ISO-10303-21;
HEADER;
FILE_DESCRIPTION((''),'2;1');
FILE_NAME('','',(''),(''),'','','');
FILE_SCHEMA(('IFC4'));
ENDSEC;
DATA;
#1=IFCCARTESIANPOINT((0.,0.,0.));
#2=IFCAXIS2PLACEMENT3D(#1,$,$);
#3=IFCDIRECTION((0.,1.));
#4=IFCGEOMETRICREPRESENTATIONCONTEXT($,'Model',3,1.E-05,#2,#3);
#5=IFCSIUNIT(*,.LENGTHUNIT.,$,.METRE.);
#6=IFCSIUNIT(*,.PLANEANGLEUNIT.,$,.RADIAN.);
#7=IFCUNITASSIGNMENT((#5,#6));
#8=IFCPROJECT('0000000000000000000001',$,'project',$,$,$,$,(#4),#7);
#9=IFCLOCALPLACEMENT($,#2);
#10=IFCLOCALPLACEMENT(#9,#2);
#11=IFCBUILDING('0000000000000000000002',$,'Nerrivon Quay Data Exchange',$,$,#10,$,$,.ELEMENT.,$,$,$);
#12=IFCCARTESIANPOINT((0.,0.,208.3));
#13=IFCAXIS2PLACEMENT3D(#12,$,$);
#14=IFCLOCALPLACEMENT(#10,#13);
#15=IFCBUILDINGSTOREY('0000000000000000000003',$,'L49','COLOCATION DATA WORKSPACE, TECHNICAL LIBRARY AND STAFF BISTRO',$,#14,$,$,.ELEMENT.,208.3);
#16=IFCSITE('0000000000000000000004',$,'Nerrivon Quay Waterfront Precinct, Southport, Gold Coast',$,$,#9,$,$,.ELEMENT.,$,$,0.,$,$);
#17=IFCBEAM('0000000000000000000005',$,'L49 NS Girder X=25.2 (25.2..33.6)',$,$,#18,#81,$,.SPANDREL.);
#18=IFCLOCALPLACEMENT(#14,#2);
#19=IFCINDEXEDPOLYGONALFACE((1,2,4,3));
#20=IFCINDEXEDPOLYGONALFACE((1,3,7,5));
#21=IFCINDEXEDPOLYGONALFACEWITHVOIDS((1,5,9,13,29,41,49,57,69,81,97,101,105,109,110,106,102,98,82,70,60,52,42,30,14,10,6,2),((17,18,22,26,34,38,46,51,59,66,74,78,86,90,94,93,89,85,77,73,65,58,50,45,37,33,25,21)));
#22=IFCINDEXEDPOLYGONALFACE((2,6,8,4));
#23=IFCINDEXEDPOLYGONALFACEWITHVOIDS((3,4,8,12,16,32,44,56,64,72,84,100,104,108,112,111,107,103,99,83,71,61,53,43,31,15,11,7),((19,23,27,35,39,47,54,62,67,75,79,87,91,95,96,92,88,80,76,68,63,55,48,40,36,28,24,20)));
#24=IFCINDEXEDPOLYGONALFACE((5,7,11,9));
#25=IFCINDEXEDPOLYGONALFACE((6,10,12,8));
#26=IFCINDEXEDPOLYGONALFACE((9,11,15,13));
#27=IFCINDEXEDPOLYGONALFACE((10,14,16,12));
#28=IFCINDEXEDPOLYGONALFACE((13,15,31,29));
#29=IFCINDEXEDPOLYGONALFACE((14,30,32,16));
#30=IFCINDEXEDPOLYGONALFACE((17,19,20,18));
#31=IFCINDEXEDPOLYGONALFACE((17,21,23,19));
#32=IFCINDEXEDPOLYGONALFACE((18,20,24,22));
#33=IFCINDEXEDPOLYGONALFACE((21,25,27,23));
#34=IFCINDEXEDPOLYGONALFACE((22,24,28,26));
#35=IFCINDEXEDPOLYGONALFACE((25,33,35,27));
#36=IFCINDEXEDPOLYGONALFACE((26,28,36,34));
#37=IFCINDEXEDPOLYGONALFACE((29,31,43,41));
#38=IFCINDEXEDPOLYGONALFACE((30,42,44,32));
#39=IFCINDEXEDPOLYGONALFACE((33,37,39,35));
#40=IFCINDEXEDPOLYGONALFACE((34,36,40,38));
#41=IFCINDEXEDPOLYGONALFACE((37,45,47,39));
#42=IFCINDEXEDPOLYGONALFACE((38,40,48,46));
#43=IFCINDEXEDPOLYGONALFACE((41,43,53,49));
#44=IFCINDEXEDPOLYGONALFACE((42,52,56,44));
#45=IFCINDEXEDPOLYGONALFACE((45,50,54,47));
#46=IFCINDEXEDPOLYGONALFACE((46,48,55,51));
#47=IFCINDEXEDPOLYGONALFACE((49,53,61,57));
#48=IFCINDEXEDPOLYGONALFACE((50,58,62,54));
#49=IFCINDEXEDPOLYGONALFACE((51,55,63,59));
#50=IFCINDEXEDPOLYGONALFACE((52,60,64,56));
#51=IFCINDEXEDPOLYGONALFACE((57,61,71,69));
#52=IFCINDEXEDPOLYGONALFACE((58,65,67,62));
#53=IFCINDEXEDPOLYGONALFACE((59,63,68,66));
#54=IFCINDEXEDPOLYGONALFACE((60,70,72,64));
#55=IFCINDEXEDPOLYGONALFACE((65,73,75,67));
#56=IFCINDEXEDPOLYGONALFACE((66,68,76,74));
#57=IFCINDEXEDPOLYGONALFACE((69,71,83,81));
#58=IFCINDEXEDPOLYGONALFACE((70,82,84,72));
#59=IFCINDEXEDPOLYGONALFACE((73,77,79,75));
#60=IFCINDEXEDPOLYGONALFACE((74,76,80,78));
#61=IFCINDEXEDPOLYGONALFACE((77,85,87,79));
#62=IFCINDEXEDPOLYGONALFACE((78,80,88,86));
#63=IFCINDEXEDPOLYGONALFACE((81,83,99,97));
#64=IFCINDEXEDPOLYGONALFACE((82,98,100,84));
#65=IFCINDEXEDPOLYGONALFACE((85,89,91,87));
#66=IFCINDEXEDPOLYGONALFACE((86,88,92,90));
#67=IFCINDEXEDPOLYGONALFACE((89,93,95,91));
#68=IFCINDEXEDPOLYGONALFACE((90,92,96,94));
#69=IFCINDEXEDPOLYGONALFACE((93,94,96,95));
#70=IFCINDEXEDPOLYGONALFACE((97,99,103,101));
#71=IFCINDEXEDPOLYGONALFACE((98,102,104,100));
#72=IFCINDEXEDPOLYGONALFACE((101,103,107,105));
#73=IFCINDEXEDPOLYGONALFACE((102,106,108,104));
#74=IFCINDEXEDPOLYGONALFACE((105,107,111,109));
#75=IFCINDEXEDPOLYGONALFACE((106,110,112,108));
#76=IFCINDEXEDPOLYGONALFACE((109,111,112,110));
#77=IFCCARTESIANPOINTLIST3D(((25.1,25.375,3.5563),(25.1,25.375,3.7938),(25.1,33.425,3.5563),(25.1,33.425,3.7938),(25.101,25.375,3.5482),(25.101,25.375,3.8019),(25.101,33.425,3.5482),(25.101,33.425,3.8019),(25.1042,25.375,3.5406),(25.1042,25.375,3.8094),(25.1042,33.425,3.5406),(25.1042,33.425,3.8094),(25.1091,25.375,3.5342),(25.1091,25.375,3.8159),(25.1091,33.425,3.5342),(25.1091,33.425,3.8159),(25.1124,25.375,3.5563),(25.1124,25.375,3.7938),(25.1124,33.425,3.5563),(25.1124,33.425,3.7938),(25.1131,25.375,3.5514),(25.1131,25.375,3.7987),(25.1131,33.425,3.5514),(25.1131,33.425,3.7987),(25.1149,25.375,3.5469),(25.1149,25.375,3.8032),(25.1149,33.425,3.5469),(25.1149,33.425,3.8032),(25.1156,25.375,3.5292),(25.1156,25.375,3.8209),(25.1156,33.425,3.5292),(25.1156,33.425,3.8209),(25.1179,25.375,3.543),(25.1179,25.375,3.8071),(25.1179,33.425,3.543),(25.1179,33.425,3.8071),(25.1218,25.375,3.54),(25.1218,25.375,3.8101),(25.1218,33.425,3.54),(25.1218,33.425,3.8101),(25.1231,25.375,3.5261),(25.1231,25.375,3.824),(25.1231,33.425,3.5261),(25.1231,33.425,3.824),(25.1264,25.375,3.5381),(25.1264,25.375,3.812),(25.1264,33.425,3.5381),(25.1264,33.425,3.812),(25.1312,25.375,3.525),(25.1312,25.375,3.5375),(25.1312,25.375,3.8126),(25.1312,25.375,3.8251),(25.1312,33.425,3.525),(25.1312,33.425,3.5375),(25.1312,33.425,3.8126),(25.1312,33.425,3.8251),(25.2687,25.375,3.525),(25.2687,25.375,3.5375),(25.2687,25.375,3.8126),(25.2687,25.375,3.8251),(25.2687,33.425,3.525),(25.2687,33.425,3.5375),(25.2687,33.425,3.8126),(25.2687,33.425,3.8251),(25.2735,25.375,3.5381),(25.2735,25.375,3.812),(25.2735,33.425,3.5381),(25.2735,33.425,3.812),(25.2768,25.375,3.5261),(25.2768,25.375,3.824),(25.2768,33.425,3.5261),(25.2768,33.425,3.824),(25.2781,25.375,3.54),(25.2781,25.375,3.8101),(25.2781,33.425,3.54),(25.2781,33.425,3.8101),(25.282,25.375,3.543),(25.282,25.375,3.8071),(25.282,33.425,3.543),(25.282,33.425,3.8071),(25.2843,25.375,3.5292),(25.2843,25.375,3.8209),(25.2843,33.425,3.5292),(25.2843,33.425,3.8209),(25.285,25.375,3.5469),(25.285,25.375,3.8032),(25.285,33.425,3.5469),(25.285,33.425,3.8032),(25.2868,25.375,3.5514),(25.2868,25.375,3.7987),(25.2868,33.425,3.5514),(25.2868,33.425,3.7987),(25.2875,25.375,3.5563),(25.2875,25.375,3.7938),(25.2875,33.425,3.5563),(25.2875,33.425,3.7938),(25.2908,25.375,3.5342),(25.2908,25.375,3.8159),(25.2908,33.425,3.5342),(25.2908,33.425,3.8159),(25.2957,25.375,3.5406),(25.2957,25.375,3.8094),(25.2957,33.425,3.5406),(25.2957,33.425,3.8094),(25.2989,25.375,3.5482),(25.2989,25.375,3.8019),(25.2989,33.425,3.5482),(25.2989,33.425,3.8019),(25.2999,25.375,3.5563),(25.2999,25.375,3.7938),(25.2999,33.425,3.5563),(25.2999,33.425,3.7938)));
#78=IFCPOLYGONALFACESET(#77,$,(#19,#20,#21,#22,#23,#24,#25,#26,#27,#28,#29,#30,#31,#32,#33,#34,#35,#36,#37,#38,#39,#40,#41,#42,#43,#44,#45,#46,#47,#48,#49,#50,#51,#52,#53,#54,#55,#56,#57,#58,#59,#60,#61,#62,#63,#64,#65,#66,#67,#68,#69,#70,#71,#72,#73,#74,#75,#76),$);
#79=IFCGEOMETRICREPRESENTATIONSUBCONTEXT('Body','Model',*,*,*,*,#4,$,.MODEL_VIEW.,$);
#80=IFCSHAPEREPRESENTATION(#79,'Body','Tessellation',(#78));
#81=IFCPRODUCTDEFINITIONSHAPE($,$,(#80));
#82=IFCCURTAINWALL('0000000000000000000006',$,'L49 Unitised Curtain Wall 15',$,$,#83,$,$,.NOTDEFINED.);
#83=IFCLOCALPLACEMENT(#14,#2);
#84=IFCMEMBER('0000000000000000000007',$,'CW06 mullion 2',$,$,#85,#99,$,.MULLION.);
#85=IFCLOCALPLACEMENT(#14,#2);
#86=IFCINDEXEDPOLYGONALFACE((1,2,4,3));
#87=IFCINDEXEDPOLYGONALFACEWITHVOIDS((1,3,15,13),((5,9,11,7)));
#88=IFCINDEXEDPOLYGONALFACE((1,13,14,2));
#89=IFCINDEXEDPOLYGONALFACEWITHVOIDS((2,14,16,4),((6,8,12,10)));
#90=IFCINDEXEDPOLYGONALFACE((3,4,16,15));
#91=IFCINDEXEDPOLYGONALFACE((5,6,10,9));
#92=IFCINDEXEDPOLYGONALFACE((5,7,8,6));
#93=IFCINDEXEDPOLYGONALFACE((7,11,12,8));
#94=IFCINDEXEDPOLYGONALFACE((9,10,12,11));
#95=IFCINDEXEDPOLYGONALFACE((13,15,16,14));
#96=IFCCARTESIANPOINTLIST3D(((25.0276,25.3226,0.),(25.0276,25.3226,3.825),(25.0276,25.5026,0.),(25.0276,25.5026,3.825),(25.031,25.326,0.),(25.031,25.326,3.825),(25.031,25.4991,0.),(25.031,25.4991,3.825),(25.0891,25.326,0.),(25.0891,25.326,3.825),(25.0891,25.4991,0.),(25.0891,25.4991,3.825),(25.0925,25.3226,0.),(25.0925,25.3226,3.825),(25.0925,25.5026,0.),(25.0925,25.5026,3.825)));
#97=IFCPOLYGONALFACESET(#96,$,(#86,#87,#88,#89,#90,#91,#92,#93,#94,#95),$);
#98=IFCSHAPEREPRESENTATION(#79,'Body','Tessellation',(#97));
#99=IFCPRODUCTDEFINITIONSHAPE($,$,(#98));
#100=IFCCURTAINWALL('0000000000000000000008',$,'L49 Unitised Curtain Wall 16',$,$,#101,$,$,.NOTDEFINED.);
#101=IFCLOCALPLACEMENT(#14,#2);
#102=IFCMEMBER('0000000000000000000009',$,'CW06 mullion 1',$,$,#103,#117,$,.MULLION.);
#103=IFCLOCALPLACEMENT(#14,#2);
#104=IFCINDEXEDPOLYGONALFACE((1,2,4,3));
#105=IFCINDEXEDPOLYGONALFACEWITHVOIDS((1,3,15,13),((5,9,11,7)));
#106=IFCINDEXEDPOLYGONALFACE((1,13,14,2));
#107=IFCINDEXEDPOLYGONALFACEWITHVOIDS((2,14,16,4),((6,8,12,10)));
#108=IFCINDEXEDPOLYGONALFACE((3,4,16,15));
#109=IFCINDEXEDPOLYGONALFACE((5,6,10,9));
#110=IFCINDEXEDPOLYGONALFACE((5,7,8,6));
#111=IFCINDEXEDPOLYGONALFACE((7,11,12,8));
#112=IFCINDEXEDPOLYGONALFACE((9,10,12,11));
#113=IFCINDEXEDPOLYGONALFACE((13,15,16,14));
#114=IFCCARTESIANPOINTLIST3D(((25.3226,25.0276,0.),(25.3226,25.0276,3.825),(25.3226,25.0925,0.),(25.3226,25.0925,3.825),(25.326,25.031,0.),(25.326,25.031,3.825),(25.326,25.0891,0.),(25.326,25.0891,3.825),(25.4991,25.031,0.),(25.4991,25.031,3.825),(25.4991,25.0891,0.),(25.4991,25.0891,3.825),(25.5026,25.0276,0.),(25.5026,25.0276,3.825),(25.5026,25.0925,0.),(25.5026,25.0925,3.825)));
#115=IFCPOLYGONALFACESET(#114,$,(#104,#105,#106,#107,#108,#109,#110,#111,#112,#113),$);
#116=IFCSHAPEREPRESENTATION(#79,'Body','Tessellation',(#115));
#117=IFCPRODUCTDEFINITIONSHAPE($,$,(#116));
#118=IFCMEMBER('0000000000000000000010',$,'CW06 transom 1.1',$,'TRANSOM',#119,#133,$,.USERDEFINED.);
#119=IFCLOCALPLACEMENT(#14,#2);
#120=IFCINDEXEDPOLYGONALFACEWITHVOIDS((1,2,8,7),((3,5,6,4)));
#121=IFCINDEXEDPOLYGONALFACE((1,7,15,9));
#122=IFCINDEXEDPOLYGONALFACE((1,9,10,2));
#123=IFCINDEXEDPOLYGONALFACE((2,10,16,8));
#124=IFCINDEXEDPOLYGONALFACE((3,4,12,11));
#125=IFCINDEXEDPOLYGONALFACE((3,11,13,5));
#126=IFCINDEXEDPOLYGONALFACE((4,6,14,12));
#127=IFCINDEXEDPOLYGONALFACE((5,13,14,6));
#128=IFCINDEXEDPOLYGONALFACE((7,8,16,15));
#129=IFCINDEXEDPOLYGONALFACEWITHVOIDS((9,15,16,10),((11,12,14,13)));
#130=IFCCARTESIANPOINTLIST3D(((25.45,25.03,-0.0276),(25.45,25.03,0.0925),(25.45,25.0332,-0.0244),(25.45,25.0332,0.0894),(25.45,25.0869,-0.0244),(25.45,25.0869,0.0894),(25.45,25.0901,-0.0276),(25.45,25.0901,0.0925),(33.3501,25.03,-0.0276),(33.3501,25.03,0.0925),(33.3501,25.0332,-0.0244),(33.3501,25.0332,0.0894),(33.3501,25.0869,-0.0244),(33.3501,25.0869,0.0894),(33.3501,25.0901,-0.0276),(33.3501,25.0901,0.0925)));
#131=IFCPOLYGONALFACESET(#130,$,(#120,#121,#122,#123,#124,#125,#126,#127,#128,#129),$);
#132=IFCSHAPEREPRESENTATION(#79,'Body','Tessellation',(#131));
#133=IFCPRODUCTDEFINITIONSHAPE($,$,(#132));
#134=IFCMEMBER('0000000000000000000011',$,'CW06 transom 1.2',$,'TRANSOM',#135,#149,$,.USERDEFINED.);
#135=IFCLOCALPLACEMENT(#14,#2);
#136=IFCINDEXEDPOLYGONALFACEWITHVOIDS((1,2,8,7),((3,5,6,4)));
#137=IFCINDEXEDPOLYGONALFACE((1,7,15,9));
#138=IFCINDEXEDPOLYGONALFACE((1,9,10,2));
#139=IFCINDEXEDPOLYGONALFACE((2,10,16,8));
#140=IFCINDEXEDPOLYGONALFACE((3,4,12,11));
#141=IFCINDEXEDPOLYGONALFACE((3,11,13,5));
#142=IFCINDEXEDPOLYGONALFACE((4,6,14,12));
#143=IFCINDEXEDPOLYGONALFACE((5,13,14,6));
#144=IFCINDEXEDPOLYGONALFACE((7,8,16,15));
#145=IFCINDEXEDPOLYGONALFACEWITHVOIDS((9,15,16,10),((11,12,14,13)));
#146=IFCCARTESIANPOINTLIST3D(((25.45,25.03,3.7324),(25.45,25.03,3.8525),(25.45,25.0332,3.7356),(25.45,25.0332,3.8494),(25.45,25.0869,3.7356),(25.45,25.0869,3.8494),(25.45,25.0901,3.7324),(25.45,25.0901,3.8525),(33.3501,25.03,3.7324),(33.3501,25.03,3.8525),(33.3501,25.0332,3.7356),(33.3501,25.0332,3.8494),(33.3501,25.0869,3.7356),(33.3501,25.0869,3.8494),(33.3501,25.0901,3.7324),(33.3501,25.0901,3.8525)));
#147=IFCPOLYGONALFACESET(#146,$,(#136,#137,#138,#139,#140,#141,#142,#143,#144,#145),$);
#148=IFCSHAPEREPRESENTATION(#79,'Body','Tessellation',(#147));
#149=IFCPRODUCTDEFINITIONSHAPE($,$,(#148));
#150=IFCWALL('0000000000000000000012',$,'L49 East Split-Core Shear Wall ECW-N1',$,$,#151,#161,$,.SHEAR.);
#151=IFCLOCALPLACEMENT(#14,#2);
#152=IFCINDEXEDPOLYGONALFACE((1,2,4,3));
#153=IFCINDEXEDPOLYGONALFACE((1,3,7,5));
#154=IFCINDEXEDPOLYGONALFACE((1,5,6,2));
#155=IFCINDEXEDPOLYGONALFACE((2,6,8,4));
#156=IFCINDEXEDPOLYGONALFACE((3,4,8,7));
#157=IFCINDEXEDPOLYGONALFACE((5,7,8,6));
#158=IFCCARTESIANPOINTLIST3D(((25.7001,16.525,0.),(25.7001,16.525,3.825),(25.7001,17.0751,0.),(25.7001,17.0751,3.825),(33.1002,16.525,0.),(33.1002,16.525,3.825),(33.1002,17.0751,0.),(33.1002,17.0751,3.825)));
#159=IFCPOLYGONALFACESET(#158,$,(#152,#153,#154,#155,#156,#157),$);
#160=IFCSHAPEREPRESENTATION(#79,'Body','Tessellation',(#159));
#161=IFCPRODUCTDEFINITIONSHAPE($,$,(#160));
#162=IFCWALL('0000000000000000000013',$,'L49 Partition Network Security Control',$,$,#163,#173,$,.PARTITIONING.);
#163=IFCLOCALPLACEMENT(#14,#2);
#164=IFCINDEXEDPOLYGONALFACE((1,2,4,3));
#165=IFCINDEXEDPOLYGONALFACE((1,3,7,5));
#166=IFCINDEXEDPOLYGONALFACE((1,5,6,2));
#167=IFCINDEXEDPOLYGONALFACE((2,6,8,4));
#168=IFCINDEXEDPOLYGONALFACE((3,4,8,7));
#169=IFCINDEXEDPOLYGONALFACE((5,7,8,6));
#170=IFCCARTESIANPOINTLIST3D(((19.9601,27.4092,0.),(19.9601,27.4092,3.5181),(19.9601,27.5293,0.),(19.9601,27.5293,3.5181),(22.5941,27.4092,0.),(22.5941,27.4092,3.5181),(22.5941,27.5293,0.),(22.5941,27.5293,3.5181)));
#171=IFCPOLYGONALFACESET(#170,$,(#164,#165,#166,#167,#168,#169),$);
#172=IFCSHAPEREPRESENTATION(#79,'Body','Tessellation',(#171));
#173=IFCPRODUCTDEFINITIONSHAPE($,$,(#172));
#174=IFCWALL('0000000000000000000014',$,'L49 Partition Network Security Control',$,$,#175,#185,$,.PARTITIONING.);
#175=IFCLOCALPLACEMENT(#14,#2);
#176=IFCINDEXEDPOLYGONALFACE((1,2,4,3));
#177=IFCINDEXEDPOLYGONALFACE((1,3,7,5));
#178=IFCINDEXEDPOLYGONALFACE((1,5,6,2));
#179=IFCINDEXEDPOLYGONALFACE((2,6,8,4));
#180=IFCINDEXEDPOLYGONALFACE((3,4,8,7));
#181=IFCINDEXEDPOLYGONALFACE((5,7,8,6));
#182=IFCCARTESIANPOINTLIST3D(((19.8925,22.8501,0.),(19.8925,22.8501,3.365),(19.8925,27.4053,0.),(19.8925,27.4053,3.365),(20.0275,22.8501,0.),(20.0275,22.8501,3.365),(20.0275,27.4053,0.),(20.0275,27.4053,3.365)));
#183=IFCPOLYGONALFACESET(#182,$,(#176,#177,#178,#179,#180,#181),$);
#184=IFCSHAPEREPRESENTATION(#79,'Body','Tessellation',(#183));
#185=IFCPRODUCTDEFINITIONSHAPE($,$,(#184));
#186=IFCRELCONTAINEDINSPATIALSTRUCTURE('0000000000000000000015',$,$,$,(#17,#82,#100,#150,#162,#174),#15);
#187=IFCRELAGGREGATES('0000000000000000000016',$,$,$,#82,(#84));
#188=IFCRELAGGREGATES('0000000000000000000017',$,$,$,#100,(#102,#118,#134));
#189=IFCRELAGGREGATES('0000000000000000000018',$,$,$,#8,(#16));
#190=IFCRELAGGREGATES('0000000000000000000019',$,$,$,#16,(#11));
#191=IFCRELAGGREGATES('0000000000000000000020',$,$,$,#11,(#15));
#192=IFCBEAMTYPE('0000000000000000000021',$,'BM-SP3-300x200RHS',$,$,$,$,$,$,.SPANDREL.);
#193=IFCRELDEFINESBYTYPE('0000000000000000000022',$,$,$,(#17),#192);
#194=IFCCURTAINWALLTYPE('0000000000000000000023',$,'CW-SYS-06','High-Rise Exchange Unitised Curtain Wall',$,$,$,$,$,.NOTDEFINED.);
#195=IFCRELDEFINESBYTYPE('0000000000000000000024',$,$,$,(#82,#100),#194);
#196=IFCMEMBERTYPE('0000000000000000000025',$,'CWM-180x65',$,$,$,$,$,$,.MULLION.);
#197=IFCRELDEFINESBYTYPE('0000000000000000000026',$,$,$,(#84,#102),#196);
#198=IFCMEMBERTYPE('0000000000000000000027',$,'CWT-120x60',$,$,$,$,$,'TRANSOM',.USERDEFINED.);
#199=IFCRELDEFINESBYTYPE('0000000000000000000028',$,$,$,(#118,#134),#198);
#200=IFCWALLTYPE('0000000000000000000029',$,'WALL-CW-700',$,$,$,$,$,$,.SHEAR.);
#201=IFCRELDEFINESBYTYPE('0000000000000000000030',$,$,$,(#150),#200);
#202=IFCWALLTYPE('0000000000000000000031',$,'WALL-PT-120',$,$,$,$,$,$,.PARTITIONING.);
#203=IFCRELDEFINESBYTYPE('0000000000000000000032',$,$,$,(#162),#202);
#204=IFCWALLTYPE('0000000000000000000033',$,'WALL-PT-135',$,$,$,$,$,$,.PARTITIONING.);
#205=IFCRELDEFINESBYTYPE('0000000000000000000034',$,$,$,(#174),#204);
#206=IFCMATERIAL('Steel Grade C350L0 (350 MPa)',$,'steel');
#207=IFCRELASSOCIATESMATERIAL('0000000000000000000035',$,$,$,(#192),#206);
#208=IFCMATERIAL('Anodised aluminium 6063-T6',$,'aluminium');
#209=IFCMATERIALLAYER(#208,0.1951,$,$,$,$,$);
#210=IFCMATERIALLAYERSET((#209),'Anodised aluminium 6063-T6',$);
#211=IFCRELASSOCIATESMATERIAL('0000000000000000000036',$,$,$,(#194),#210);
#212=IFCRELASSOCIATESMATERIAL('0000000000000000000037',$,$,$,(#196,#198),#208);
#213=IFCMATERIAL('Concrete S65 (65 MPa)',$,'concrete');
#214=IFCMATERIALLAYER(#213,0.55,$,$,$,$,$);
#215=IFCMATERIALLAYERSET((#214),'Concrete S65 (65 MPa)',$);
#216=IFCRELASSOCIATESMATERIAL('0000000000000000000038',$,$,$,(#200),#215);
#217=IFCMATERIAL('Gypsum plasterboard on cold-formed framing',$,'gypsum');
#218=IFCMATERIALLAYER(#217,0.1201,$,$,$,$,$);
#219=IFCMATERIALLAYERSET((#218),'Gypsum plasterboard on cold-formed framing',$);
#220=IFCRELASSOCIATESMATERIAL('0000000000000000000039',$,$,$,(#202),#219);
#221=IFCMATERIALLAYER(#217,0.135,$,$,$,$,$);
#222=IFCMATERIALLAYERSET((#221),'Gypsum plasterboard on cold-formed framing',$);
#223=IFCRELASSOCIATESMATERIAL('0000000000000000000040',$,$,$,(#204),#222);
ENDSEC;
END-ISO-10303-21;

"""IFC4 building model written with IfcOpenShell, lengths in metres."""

from ifc_helpers import new_model, si_unit, direction, frame, frame_2d, origin, origin_2d, place, context, subcontext, project, spatial, rectangle, hollow_rectangle, extrude, material, layer, layer_set, material_profile, profile_set, type_object, element, aggregate, save


model = new_model("IFC4")

# Units and contexts
model_context = context("Model", 3, precision=1e-05, world=origin(), true_north=direction((0.0, 1.0)))
body_context = subcontext(model_context, "Body", "Model", "MODEL_VIEW")
ifc_project = project(units=[si_unit("LENGTHUNIT", "METRE"), si_unit("PLANEANGLEUNIT", "RADIAN")], contexts=[model_context])

# Site, building, storey
site_placement = place(None, origin())
site = spatial("IfcSite", under=ifc_project, at=site_placement, Name="Nerrivon Quay Waterfront Precinct, Southport, Gold Coast", CompositionType="ELEMENT", RefElevation=0.0)
building_placement = place(site_placement, origin())
building = spatial("IfcBuilding", under=site, at=building_placement, Name="Nerrivon Quay Data Exchange", CompositionType="ELEMENT")
storey_placement = place(building_placement, frame((0.0, 0.0, 208.3)))
storey = spatial("IfcBuildingStorey", under=building, at=storey_placement, Name="L49", Description="COLOCATION DATA WORKSPACE, TECHNICAL LIBRARY AND STAFF BISTRO", CompositionType="ELEMENT", Elevation=208.3)

# Shared definitions
ifc_material_1 = material(Name="Concrete S65 (65 MPa)", Category="concrete")

# Beam
ifc_material_2 = material(Name="Steel Grade C350L0 (350 MPa)", Category="steel")
ifc_material_profile_1 = material_profile(ifc_material_2, hollow_rectangle(XDim=0.2, YDim=0.3, WallThickness=0.0125, InnerFilletRadius=0.0188, OuterFilletRadius=0.0312, at=origin_2d()), Name="300x200x12.5RHS")
ifc_profile_set_1 = profile_set([ifc_material_profile_1], Name="Steel Grade C350L0 (350 MPa)")
beam_type_1 = type_object("IfcBeamType", Name="BM-SP3-300x200RHS", PredefinedType="SPANDREL", material=ifc_profile_set_1)
beam_1_placement = place(storey_placement, frame((25.2, 25.375, 3.675), z_axis=(0.0, 1.0, 0.0), x_axis=(-1.0, 0.0, 0.0)))
element("IfcBeam", 1, at=beam_1_placement, inside=storey, type_object=beam_type_1, Name="L49 NS Girder X=25.2 (25.2..33.6)", PredefinedType="SPANDREL", context=body_context, shape_type="SweptSolid", body=[
    extrude(hollow_rectangle(XDim=0.2, YDim=0.3, WallThickness=0.0125, InnerFilletRadius=0.0188, OuterFilletRadius=0.0312, at=origin_2d()), origin(), (0.0, 0.0, 1.0), 8.05),
])

# Curtain wall, member
ifc_material_3 = material(Name="Anodised aluminium 6063-T6", Category="aluminium")
ifc_layer_1 = layer(ifc_material_3, 0.1951)
ifc_layer_set_1 = layer_set([ifc_layer_1], Name="Anodised aluminium 6063-T6")
curtain_wall_type = type_object("IfcCurtainWallType", Name="CW-SYS-06", Description="High-Rise Exchange Unitised Curtain Wall", PredefinedType="NOTDEFINED", material=ifc_layer_set_1)
curtain_wall_1_placement = place(storey_placement, origin())
curtain_wall_1 = element("IfcCurtainWall", 2, at=curtain_wall_1_placement, inside=storey, type_object=curtain_wall_type, Name="L49 Unitised Curtain Wall 15", PredefinedType="NOTDEFINED")
ifc_material_profile_2 = material_profile(ifc_material_3, hollow_rectangle(XDim=0.0649, YDim=0.1799, WallThickness=0.0034, at=origin_2d()), Name="ALU-MULL-180x65")
ifc_profile_set_2 = profile_set([ifc_material_profile_2], Name="Anodised aluminium 6063-T6")
member_type_1 = type_object("IfcMemberType", Name="CWM-180x65", PredefinedType="MULLION", material=ifc_profile_set_2)
member_1_placement = place(storey_placement, frame((25.0601, 25.4126, 0.0), z_axis=(0.0, 0.0, 1.0), x_axis=(1.0, 0.0, 0.0)))
member_1 = element("IfcMember", 3, at=member_1_placement, type_object=member_type_1, Name="CW06 mullion 2", PredefinedType="MULLION", context=body_context, shape_type="SweptSolid", body=[
    extrude(hollow_rectangle(XDim=0.0649, YDim=0.1799, WallThickness=0.0034, at=origin_2d()), origin(), (0.0, 0.0, 1.0), 3.825),
])
aggregate(curtain_wall_1, [member_1])

# Curtain wall, members
curtain_wall_2_placement = place(storey_placement, origin())
curtain_wall_2 = element("IfcCurtainWall", 4, at=curtain_wall_2_placement, inside=storey, type_object=curtain_wall_type, Name="L49 Unitised Curtain Wall 16", PredefinedType="NOTDEFINED")
member_2_placement = place(storey_placement, frame((25.4126, 25.0601, 0.0), z_axis=(0.0, 0.0, 1.0), x_axis=(0.0, 1.0, 0.0)))
member_2 = element("IfcMember", 5, at=member_2_placement, type_object=member_type_1, Name="CW06 mullion 1", PredefinedType="MULLION", context=body_context, shape_type="SweptSolid", body=[
    extrude(hollow_rectangle(XDim=0.0649, YDim=0.1799, WallThickness=0.0034, at=origin_2d()), origin(), (0.0, 0.0, 1.0), 3.825),
])
ifc_material_profile_3 = material_profile(ifc_material_3, hollow_rectangle(XDim=0.0601, YDim=0.1201, WallThickness=0.0032, at=origin_2d()), Name="ALU-TRAN-120x60")
ifc_profile_set_3 = profile_set([ifc_material_profile_3], Name="Anodised aluminium 6063-T6")
member_type_2 = type_object("IfcMemberType", Name="CWT-120x60", ElementType="TRANSOM", PredefinedType="USERDEFINED", material=ifc_profile_set_3)
member_3_placement = place(storey_placement, frame((25.45, 25.0601, 0.0325), z_axis=(1.0, 0.0, 0.0), x_axis=(0.0, 1.0, 0.0)))
member_3 = element("IfcMember", 6, at=member_3_placement, type_object=member_type_2, Name="CW06 transom 1.1", ObjectType="TRANSOM", PredefinedType="USERDEFINED", context=body_context, shape_type="SweptSolid", body=[
    extrude(hollow_rectangle(XDim=0.0601, YDim=0.1201, WallThickness=0.0032, at=origin_2d()), origin(), (0.0, 0.0, 1.0), 7.9001),
])
member_4_placement = place(storey_placement, frame((25.45, 25.0601, 3.7925), z_axis=(1.0, 0.0, 0.0), x_axis=(0.0, 1.0, 0.0)))
member_4 = element("IfcMember", 7, at=member_4_placement, type_object=member_type_2, Name="CW06 transom 1.2", ObjectType="TRANSOM", PredefinedType="USERDEFINED", context=body_context, shape_type="SweptSolid", body=[
    extrude(hollow_rectangle(XDim=0.0601, YDim=0.1201, WallThickness=0.0032, at=origin_2d()), origin(), (0.0, 0.0, 1.0), 7.9001),
])
aggregate(curtain_wall_2, [member_2, member_3, member_4])

# Walls
ifc_layer_2 = layer(ifc_material_1, 0.55)
ifc_layer_set_2 = layer_set([ifc_layer_2], Name="Concrete S65 (65 MPa)")
wall_type_1 = type_object("IfcWallType", Name="WALL-CW-700", PredefinedType="SHEAR", material=ifc_layer_set_2)
wall_1_placement = place(storey_placement, frame((25.7, 16.8, 0.0), z_axis=(0.0, 0.0, 1.0), x_axis=(1.0, 0.0, 0.0)))
element("IfcWall", 8, at=wall_1_placement, inside=storey, type_object=wall_type_1, Name="L49 East Split-Core Shear Wall ECW-N1", PredefinedType="SHEAR", context=body_context, shape_type="SweptSolid", body=[
    extrude(rectangle(XDim=7.4001, YDim=0.55, at=frame_2d((3.7002, 0.0))), origin(), (0.0, 0.0, 1.0), 3.825),
])
ifc_material_4 = material(Name="Gypsum plasterboard on cold-formed framing", Category="gypsum")
ifc_layer_3 = layer(ifc_material_4, 0.1201)
ifc_layer_set_3 = layer_set([ifc_layer_3], Name="Gypsum plasterboard on cold-formed framing")
wall_type_2 = type_object("IfcWallType", Name="WALL-PT-120", PredefinedType="PARTITIONING", material=ifc_layer_set_3)
wall_2_placement = place(storey_placement, frame((22.594, 27.4692, 0.0), z_axis=(0.0, 0.0, 1.0), x_axis=(-1.0, 0.0, 0.0)))
element("IfcWall", 9, at=wall_2_placement, inside=storey, type_object=wall_type_2, Name="L49 Partition Network Security Control", PredefinedType="PARTITIONING", context=body_context, shape_type="SweptSolid", body=[
    extrude(rectangle(XDim=2.634, YDim=0.1201, at=frame_2d((1.3169, 0.0))), origin(), (0.0, 0.0, 1.0), 3.5181),
])
ifc_layer_4 = layer(ifc_material_4, 0.135)
ifc_layer_set_4 = layer_set([ifc_layer_4], Name="Gypsum plasterboard on cold-formed framing")
wall_type_3 = type_object("IfcWallType", Name="WALL-PT-135", PredefinedType="PARTITIONING", material=ifc_layer_set_4)
wall_3_placement = place(storey_placement, frame((19.96, 27.4053, 0.0), z_axis=(0.0, 0.0, 1.0), x_axis=(0.0, -1.0, 0.0)))
element("IfcWall", 10, at=wall_3_placement, inside=storey, type_object=wall_type_3, Name="L49 Partition Network Security Control", PredefinedType="PARTITIONING", context=body_context, shape_type="SweptSolid", body=[
    extrude(rectangle(XDim=4.5552, YDim=0.135, at=frame_2d((2.2776, 0.0))), origin(), (0.0, 0.0, 1.0), 3.365),
])

save(model, "model.ifc")
